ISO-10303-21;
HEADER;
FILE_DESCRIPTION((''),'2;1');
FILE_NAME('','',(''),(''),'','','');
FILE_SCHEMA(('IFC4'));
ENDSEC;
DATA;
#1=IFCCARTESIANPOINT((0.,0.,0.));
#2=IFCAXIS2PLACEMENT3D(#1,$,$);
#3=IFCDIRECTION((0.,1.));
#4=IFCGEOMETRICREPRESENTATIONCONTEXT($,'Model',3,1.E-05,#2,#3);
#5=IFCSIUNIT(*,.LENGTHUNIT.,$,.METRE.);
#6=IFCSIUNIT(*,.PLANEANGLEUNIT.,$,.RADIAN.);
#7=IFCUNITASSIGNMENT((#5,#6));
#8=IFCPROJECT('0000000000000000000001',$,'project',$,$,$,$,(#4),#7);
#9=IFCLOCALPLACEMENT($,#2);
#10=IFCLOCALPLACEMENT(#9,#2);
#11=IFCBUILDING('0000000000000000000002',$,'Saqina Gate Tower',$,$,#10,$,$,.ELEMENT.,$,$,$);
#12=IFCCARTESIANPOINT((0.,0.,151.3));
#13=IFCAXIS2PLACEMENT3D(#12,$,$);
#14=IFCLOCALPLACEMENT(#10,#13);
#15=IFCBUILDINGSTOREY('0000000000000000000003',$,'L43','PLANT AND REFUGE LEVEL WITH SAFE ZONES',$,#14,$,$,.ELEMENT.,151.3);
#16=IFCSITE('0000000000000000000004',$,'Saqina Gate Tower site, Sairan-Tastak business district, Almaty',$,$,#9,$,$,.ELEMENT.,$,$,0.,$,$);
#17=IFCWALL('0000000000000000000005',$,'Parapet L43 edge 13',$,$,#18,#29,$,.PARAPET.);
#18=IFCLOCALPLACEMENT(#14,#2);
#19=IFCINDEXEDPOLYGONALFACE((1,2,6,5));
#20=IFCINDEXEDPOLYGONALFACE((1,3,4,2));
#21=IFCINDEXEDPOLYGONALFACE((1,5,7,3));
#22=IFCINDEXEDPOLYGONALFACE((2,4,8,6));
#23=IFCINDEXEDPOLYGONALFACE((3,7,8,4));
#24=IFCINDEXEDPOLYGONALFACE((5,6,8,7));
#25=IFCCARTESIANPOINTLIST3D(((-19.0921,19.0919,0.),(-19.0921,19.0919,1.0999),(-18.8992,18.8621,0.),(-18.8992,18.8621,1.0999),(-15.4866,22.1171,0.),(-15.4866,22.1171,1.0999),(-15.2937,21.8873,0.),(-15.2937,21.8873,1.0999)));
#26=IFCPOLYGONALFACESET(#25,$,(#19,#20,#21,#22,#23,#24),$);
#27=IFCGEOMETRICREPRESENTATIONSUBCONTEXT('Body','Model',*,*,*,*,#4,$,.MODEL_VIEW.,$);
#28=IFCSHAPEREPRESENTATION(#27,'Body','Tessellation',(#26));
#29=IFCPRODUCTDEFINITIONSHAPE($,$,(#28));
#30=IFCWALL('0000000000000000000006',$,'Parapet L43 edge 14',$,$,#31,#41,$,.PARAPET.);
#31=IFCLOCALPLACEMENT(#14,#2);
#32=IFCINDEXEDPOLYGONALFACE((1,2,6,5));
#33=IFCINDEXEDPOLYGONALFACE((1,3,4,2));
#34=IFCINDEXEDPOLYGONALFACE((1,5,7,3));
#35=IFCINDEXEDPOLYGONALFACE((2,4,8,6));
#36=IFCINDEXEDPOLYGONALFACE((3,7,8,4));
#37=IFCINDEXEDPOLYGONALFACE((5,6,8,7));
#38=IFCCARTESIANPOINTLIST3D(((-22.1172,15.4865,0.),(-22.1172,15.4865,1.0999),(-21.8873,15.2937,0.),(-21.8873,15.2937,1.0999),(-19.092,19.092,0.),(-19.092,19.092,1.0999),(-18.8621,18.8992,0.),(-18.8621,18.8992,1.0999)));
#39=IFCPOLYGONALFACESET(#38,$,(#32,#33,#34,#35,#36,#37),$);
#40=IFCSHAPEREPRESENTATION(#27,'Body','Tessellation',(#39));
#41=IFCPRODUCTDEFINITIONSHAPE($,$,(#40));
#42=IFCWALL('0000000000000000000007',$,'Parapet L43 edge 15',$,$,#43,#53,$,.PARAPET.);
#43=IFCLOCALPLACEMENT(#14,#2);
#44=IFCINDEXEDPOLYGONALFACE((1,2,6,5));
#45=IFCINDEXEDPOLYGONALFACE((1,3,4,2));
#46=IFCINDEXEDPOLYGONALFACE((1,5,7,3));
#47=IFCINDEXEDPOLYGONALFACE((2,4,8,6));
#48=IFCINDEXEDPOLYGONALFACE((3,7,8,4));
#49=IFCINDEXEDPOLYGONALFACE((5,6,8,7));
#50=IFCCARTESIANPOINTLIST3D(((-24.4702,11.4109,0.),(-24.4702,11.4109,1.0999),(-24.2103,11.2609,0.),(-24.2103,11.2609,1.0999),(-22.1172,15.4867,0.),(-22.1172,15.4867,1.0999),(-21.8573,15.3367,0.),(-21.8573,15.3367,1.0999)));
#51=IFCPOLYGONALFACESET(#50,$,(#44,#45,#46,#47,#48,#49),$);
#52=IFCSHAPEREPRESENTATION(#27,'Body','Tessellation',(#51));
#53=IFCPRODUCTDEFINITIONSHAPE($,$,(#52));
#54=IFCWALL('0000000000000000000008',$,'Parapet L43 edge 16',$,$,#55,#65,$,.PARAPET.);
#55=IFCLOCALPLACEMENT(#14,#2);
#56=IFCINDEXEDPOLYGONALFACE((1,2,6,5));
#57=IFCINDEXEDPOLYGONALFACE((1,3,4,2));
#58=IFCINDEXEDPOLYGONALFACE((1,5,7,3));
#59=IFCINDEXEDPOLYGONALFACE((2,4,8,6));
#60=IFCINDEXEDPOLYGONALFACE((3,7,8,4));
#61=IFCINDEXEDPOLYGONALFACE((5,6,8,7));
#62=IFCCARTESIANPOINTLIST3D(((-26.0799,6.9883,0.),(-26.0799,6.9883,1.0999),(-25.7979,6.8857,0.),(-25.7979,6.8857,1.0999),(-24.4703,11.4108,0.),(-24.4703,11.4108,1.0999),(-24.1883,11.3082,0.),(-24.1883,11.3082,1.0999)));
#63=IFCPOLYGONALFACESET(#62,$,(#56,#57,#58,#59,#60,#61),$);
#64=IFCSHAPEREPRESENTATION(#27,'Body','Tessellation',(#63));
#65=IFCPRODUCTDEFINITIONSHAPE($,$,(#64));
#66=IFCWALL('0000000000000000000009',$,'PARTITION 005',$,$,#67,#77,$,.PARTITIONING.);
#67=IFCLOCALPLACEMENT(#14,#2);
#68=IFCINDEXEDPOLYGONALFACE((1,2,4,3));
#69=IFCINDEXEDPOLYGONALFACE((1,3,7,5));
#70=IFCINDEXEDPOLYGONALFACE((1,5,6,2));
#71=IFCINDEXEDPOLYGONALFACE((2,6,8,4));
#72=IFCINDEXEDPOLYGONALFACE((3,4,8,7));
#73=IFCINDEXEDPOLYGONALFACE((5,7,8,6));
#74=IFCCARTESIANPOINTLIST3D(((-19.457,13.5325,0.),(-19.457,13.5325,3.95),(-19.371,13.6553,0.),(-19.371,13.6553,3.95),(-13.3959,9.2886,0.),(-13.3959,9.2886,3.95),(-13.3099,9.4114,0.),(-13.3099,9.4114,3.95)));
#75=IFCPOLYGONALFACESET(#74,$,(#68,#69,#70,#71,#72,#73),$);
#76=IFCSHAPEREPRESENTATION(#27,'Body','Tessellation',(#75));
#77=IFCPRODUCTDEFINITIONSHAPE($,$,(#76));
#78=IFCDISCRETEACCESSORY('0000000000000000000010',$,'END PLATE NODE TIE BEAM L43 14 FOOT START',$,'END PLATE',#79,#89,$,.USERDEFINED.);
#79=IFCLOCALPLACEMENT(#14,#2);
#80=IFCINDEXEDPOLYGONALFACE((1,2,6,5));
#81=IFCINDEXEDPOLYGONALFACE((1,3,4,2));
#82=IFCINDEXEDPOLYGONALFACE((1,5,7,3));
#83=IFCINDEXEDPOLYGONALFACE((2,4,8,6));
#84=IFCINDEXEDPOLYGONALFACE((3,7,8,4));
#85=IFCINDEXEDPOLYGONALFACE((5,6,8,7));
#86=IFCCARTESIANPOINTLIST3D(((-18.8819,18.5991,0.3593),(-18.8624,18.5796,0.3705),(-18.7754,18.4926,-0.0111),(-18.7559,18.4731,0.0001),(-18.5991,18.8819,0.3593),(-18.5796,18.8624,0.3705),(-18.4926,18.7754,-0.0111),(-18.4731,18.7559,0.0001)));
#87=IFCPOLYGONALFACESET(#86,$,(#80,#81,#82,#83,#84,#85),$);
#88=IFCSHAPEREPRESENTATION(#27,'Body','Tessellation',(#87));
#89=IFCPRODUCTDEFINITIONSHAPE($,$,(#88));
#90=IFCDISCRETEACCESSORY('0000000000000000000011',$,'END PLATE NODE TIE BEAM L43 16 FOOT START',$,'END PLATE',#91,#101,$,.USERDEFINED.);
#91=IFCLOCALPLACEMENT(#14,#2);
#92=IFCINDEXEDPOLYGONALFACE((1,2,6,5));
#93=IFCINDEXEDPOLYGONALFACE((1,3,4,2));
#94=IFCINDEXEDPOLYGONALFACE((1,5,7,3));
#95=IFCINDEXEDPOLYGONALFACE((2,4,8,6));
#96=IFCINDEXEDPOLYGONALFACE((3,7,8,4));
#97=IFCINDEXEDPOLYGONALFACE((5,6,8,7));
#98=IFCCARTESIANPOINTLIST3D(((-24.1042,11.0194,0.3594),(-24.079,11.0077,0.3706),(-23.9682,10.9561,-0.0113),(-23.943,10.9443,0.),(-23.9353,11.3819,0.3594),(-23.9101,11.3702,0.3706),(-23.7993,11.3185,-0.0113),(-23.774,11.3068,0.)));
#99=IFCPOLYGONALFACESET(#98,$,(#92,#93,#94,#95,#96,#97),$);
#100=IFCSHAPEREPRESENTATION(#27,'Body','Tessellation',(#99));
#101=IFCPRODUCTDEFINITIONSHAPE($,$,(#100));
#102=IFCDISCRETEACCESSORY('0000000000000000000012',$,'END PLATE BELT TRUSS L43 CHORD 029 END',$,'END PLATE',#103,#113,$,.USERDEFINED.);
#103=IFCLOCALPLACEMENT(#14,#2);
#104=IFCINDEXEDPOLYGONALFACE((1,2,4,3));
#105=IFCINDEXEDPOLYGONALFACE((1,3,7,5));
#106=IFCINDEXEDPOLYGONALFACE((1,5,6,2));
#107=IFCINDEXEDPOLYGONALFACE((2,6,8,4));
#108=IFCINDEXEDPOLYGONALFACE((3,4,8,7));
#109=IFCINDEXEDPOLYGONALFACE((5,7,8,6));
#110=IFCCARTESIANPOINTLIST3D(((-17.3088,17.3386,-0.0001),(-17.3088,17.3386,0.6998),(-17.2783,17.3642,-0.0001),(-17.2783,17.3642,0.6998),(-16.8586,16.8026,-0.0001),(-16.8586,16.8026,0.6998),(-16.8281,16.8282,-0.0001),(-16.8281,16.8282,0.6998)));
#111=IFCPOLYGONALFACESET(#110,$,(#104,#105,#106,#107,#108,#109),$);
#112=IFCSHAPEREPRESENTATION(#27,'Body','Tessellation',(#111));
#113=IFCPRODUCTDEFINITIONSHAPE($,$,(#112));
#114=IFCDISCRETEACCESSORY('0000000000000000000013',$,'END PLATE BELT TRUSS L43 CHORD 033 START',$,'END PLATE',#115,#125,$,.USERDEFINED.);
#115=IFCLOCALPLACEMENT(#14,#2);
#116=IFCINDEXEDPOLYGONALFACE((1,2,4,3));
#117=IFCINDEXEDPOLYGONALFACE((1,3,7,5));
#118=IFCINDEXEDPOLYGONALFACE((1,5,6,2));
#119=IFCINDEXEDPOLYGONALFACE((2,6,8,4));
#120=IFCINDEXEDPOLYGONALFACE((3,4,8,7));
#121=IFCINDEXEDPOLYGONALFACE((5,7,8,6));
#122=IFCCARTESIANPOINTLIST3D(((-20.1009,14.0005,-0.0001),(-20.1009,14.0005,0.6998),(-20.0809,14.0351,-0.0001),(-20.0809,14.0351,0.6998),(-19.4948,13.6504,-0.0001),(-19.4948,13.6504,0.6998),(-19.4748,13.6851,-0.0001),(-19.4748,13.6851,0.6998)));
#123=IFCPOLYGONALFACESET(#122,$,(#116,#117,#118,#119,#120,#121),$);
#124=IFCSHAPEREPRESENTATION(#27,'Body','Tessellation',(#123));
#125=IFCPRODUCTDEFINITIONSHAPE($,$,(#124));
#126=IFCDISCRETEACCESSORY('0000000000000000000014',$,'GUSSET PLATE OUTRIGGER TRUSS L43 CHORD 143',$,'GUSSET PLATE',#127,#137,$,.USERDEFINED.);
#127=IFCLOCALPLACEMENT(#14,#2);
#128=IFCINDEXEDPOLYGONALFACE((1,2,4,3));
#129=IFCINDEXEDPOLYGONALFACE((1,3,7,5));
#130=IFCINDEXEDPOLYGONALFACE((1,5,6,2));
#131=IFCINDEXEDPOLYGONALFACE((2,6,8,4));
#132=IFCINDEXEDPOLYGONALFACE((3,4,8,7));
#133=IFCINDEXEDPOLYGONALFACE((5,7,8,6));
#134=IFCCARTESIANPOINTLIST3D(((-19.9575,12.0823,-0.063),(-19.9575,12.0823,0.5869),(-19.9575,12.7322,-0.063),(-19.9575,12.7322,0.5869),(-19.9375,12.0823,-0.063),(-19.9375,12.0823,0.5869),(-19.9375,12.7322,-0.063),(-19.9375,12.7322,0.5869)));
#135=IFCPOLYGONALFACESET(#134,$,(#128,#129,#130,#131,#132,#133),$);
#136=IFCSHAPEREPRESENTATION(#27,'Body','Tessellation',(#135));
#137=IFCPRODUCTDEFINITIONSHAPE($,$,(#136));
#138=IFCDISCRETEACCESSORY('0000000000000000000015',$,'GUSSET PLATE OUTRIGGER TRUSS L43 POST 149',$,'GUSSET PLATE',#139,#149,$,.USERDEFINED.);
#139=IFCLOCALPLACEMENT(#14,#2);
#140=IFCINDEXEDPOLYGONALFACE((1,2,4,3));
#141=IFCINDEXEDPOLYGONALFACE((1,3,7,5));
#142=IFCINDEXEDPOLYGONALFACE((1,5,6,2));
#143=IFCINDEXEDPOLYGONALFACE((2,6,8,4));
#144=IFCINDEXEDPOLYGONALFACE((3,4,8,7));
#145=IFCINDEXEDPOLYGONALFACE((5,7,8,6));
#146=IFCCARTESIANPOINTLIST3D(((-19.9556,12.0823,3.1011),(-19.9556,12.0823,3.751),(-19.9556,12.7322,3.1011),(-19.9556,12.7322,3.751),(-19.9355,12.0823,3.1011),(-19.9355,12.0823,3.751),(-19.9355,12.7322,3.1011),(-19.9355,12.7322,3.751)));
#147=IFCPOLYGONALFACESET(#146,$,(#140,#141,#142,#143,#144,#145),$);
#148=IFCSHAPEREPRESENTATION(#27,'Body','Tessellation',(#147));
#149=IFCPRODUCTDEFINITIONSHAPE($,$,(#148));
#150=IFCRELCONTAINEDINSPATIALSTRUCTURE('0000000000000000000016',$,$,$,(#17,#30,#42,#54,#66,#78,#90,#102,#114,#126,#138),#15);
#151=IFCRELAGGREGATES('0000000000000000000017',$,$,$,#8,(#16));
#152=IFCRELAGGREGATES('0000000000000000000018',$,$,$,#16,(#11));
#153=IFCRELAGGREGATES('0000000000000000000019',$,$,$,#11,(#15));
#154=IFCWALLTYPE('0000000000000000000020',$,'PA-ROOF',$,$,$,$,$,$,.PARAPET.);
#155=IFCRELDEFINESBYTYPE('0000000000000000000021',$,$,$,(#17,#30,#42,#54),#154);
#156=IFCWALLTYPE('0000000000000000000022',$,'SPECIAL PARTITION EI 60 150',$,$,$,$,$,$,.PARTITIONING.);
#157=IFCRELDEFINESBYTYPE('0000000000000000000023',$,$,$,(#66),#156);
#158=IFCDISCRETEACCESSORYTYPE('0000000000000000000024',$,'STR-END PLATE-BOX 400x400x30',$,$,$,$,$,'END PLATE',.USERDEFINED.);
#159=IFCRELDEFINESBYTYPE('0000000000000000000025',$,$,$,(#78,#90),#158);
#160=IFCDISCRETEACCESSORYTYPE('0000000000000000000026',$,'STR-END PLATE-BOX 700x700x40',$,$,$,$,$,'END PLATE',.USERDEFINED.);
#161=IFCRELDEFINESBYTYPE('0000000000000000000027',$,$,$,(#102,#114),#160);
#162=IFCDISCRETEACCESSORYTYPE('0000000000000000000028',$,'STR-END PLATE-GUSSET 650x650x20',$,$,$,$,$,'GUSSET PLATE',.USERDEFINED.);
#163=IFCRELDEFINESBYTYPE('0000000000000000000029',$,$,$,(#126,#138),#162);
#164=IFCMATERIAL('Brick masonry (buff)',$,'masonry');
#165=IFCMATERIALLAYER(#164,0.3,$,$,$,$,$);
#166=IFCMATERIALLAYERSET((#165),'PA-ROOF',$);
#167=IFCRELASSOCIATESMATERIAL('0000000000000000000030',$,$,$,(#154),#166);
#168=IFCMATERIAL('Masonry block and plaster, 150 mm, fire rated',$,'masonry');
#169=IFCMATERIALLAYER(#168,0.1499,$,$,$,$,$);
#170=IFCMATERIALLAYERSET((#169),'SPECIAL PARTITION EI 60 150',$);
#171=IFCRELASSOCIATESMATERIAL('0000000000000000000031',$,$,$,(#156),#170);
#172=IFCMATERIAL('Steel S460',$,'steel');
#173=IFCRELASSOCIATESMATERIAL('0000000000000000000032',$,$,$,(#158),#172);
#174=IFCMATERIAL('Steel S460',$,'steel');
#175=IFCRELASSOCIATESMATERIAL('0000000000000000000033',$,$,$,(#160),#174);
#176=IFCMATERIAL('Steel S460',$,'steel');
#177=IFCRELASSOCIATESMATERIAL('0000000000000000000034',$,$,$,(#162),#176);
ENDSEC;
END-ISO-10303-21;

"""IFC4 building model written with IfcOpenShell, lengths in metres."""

from ifc_helpers import new_model, si_unit, direction, frame, frame_2d, origin, origin_2d, place, context, subcontext, project, spatial, rectangle, extrude, material, layer, layer_set, material_profile, profile_set, type_object, element, save


model = new_model("IFC4")

# Units and contexts
model_context = context("Model", 3, precision=1e-05, world=origin(), true_north=direction((0.0, 1.0)))
body_context = subcontext(model_context, "Body", "Model", "MODEL_VIEW")
ifc_project = project(units=[si_unit("LENGTHUNIT", "METRE"), si_unit("PLANEANGLEUNIT", "RADIAN")], contexts=[model_context])

# Site, building, storey
site_placement = place(None, origin())
site = spatial("IfcSite", under=ifc_project, at=site_placement, Name="Saqina Gate Tower site, Sairan-Tastak business district, Almaty", CompositionType="ELEMENT", RefElevation=0.0)
building_placement = place(site_placement, origin())
building = spatial("IfcBuilding", under=site, at=building_placement, Name="Saqina Gate Tower", CompositionType="ELEMENT")
storey_placement = place(building_placement, frame((0.0, 0.0, 151.3)))
storey = spatial("IfcBuildingStorey", under=building, at=storey_placement, Name="L43", Description="PLANT AND REFUGE LEVEL WITH SAFE ZONES", CompositionType="ELEMENT", Elevation=151.3)

# Walls
ifc_material_1 = material(Name="Brick masonry (buff)", Category="masonry")
ifc_layer_1 = layer(ifc_material_1, 0.3)
ifc_layer_set_1 = layer_set([ifc_layer_1], Name="PA-ROOF")
wall_type_1 = type_object("IfcWallType", Name="PA-ROOF", PredefinedType="PARAPET", material=ifc_layer_set_1)
for number, where, z_axis, x_axis, name in (
    (1, (-15.3901, 22.0022, 0.0), (0.0, 0.0, 1.0), (-0.766065, -0.642763, 0.0), "Parapet L43 edge 13"),
    (2, (-18.9771, 18.9956, 0.0), (0.0, 0.0, 1.0), (-0.642763, -0.766065, 0.0), "Parapet L43 edge 14"),
):
    element("IfcWall", number, at=place(storey_placement, frame(where, z_axis=z_axis, x_axis=x_axis)), inside=storey, type_object=wall_type_1, Name=name, PredefinedType="PARAPET", context=body_context, shape_type="SweptSolid", body=[
        extrude(rectangle(XDim=4.7065, YDim=0.3, at=frame_2d((2.3533, 0.0))), origin(), (0.0, 0.0, 1.0), 1.0999),
    ])
for number, where, z_axis, x_axis, name in (
    (3, (-21.9873, 15.4116, 0.0), (0.0, 0.0, 1.0), (-0.499966, -0.866045, 0.0), "Parapet L43 edge 15"),
    (4, (-24.3293, 11.3594, 0.0), (0.0, 0.0, 1.0), (-0.342005, -0.939698, 0.0), "Parapet L43 edge 16"),
):
    element("IfcWall", number, at=place(storey_placement, frame(where, z_axis=z_axis, x_axis=x_axis)), inside=storey, type_object=wall_type_1, Name=name, PredefinedType="PARAPET", context=body_context, shape_type="SweptSolid", body=[
        extrude(rectangle(XDim=4.7063, YDim=0.3, at=frame_2d((2.353, 0.0))), origin(), (0.0, 0.0, 1.0), 1.0999),
    ])
ifc_material_2 = material(Name="Masonry block and plaster, 150 mm, fire rated", Category="masonry")
ifc_layer_2 = layer(ifc_material_2, 0.1499)
ifc_layer_set_2 = layer_set([ifc_layer_2], Name="SPECIAL PARTITION EI 60 150")
wall_type_2 = type_object("IfcWallType", Name="SPECIAL PARTITION EI 60 150", PredefinedType="PARTITIONING", material=ifc_layer_set_2)
wall_placement = place(storey_placement, frame((-19.4141, 13.594, 0.0), z_axis=(0.0, 0.0, 1.0), x_axis=(0.819158, -0.573569, 0.0)))
element("IfcWall", 5, at=wall_placement, inside=storey, type_object=wall_type_2, Name="PARTITION 005", PredefinedType="PARTITIONING", context=body_context, shape_type="SweptSolid", body=[
    extrude(rectangle(XDim=7.3992, YDim=0.1499, at=frame_2d((3.6997, 0.0))), origin(), (0.0, 0.0, 1.0), 3.95),
])

# Discrete accessories
ifc_material_3 = material(Name="Steel S460", Category="steel")
ifc_material_profile_1 = material_profile(ifc_material_3, rectangle(XDim=0.3999, YDim=0.3999, at=origin_2d()), Name="STR-END PLATE-BOX 400x400x30")
ifc_profile_set_1 = profile_set([ifc_material_profile_1], Name="Steel S460")
discrete_accessory_type_1 = type_object("IfcDiscreteAccessoryType", Name="STR-END PLATE-BOX 400x400x30", ElementType="END PLATE", PredefinedType="USERDEFINED", material=ifc_profile_set_1)
discrete_accessory_1_placement = place(storey_placement, frame((-18.6677, 18.6677, 0.1853), z_axis=(-0.655034, 0.655034, -0.376645), x_axis=(0.707107, 0.707107, 0.0)))
element("IfcDiscreteAccessory", 6, at=discrete_accessory_1_placement, inside=storey, type_object=discrete_accessory_type_1, Name="END PLATE NODE TIE BEAM L43 14 FOOT START", ObjectType="END PLATE", PredefinedType="USERDEFINED", context=body_context, shape_type="SweptSolid", body=[
    extrude(rectangle(XDim=0.3999, YDim=0.3999, at=origin_2d()), origin(), (0.0, 0.0, 1.0), 0.0298),
])
discrete_accessory_2_placement = place(storey_placement, frame((-23.9265, 11.1572, 0.1853), z_axis=(-0.84018, 0.39154, -0.375226), x_axis=(0.422404, 0.906408, -0.000001)))
element("IfcDiscreteAccessory", 7, at=discrete_accessory_2_placement, inside=storey, type_object=discrete_accessory_type_1, Name="END PLATE NODE TIE BEAM L43 16 FOOT START", ObjectType="END PLATE", PredefinedType="USERDEFINED", context=body_context, shape_type="SweptSolid", body=[
    extrude(rectangle(XDim=0.3999, YDim=0.3999, at=origin_2d()), origin(), (0.0, 0.0, 1.0), 0.03),
])
ifc_material_4 = material(Name="Steel S460", Category="steel")
ifc_material_profile_2 = material_profile(ifc_material_4, rectangle(XDim=0.7, YDim=0.7, at=origin_2d()), Name="STR-END PLATE-BOX 700x700x40")
ifc_profile_set_2 = profile_set([ifc_material_profile_2], Name="Steel S460")
discrete_accessory_type_2 = type_object("IfcDiscreteAccessoryType", Name="STR-END PLATE-BOX 700x700x40", ElementType="END PLATE", PredefinedType="USERDEFINED", material=ifc_profile_set_2)
discrete_accessory_3_placement = place(storey_placement, frame((-17.0532, 17.0962, 0.3499), z_axis=(-0.765705, -0.643192, 0.0), x_axis=(0.643192, -0.765705, 0.0)))
element("IfcDiscreteAccessory", 8, at=discrete_accessory_3_placement, inside=storey, type_object=discrete_accessory_type_2, Name="END PLATE BELT TRUSS L43 CHORD 029 END", ObjectType="END PLATE", PredefinedType="USERDEFINED", context=body_context, shape_type="SweptSolid", body=[
    extrude(rectangle(XDim=0.7, YDim=0.7, at=origin_2d()), origin(), (0.0, 0.0, 1.0), 0.0398),
])
discrete_accessory_4_placement = place(storey_placement, frame((-19.7979, 13.8254, 0.3499), z_axis=(0.500074, 0.865982, 0.0), x_axis=(0.865982, -0.500074, 0.0)))
element("IfcDiscreteAccessory", 9, at=discrete_accessory_4_placement, inside=storey, type_object=discrete_accessory_type_2, Name="END PLATE BELT TRUSS L43 CHORD 033 START", ObjectType="END PLATE", PredefinedType="USERDEFINED", context=body_context, shape_type="SweptSolid", body=[
    extrude(rectangle(XDim=0.7, YDim=0.7, at=origin_2d()), origin(), (0.0, 0.0, 1.0), 0.04),
])
ifc_material_5 = material(Name="Steel S460", Category="steel")
ifc_material_profile_3 = material_profile(ifc_material_5, rectangle(XDim=0.6499, YDim=0.6499, at=origin_2d()), Name="STR-END PLATE-GUSSET 650x650x20")
ifc_profile_set_3 = profile_set([ifc_material_profile_3], Name="Steel S460")
discrete_accessory_type_3 = type_object("IfcDiscreteAccessoryType", Name="STR-END PLATE-GUSSET 650x650x20", ElementType="GUSSET PLATE", PredefinedType="USERDEFINED", material=ifc_profile_set_3)
for number, where, z_axis, x_axis, name in (
    (10, (-19.9375, 12.4072, 0.262), (-1.0, 0.0, 0.0), (0.0, -1.0, 0.0), "GUSSET PLATE OUTRIGGER TRUSS L43 CHORD 143"),
    (11, (-19.9355, 12.4072, 3.426), (-1.0, 0.0, 0.0), (0.0, -1.0, 0.0), "GUSSET PLATE OUTRIGGER TRUSS L43 POST 149"),
):
    element("IfcDiscreteAccessory", number, at=place(storey_placement, frame(where, z_axis=z_axis, x_axis=x_axis)), inside=storey, type_object=discrete_accessory_type_3, Name=name, ObjectType="GUSSET PLATE", PredefinedType="USERDEFINED", context=body_context, shape_type="SweptSolid", body=[
        extrude(rectangle(XDim=0.6499, YDim=0.6499, at=origin_2d()), origin(), (0.0, 0.0, 1.0), 0.02),
    ])

save(model, "model.ifc")
